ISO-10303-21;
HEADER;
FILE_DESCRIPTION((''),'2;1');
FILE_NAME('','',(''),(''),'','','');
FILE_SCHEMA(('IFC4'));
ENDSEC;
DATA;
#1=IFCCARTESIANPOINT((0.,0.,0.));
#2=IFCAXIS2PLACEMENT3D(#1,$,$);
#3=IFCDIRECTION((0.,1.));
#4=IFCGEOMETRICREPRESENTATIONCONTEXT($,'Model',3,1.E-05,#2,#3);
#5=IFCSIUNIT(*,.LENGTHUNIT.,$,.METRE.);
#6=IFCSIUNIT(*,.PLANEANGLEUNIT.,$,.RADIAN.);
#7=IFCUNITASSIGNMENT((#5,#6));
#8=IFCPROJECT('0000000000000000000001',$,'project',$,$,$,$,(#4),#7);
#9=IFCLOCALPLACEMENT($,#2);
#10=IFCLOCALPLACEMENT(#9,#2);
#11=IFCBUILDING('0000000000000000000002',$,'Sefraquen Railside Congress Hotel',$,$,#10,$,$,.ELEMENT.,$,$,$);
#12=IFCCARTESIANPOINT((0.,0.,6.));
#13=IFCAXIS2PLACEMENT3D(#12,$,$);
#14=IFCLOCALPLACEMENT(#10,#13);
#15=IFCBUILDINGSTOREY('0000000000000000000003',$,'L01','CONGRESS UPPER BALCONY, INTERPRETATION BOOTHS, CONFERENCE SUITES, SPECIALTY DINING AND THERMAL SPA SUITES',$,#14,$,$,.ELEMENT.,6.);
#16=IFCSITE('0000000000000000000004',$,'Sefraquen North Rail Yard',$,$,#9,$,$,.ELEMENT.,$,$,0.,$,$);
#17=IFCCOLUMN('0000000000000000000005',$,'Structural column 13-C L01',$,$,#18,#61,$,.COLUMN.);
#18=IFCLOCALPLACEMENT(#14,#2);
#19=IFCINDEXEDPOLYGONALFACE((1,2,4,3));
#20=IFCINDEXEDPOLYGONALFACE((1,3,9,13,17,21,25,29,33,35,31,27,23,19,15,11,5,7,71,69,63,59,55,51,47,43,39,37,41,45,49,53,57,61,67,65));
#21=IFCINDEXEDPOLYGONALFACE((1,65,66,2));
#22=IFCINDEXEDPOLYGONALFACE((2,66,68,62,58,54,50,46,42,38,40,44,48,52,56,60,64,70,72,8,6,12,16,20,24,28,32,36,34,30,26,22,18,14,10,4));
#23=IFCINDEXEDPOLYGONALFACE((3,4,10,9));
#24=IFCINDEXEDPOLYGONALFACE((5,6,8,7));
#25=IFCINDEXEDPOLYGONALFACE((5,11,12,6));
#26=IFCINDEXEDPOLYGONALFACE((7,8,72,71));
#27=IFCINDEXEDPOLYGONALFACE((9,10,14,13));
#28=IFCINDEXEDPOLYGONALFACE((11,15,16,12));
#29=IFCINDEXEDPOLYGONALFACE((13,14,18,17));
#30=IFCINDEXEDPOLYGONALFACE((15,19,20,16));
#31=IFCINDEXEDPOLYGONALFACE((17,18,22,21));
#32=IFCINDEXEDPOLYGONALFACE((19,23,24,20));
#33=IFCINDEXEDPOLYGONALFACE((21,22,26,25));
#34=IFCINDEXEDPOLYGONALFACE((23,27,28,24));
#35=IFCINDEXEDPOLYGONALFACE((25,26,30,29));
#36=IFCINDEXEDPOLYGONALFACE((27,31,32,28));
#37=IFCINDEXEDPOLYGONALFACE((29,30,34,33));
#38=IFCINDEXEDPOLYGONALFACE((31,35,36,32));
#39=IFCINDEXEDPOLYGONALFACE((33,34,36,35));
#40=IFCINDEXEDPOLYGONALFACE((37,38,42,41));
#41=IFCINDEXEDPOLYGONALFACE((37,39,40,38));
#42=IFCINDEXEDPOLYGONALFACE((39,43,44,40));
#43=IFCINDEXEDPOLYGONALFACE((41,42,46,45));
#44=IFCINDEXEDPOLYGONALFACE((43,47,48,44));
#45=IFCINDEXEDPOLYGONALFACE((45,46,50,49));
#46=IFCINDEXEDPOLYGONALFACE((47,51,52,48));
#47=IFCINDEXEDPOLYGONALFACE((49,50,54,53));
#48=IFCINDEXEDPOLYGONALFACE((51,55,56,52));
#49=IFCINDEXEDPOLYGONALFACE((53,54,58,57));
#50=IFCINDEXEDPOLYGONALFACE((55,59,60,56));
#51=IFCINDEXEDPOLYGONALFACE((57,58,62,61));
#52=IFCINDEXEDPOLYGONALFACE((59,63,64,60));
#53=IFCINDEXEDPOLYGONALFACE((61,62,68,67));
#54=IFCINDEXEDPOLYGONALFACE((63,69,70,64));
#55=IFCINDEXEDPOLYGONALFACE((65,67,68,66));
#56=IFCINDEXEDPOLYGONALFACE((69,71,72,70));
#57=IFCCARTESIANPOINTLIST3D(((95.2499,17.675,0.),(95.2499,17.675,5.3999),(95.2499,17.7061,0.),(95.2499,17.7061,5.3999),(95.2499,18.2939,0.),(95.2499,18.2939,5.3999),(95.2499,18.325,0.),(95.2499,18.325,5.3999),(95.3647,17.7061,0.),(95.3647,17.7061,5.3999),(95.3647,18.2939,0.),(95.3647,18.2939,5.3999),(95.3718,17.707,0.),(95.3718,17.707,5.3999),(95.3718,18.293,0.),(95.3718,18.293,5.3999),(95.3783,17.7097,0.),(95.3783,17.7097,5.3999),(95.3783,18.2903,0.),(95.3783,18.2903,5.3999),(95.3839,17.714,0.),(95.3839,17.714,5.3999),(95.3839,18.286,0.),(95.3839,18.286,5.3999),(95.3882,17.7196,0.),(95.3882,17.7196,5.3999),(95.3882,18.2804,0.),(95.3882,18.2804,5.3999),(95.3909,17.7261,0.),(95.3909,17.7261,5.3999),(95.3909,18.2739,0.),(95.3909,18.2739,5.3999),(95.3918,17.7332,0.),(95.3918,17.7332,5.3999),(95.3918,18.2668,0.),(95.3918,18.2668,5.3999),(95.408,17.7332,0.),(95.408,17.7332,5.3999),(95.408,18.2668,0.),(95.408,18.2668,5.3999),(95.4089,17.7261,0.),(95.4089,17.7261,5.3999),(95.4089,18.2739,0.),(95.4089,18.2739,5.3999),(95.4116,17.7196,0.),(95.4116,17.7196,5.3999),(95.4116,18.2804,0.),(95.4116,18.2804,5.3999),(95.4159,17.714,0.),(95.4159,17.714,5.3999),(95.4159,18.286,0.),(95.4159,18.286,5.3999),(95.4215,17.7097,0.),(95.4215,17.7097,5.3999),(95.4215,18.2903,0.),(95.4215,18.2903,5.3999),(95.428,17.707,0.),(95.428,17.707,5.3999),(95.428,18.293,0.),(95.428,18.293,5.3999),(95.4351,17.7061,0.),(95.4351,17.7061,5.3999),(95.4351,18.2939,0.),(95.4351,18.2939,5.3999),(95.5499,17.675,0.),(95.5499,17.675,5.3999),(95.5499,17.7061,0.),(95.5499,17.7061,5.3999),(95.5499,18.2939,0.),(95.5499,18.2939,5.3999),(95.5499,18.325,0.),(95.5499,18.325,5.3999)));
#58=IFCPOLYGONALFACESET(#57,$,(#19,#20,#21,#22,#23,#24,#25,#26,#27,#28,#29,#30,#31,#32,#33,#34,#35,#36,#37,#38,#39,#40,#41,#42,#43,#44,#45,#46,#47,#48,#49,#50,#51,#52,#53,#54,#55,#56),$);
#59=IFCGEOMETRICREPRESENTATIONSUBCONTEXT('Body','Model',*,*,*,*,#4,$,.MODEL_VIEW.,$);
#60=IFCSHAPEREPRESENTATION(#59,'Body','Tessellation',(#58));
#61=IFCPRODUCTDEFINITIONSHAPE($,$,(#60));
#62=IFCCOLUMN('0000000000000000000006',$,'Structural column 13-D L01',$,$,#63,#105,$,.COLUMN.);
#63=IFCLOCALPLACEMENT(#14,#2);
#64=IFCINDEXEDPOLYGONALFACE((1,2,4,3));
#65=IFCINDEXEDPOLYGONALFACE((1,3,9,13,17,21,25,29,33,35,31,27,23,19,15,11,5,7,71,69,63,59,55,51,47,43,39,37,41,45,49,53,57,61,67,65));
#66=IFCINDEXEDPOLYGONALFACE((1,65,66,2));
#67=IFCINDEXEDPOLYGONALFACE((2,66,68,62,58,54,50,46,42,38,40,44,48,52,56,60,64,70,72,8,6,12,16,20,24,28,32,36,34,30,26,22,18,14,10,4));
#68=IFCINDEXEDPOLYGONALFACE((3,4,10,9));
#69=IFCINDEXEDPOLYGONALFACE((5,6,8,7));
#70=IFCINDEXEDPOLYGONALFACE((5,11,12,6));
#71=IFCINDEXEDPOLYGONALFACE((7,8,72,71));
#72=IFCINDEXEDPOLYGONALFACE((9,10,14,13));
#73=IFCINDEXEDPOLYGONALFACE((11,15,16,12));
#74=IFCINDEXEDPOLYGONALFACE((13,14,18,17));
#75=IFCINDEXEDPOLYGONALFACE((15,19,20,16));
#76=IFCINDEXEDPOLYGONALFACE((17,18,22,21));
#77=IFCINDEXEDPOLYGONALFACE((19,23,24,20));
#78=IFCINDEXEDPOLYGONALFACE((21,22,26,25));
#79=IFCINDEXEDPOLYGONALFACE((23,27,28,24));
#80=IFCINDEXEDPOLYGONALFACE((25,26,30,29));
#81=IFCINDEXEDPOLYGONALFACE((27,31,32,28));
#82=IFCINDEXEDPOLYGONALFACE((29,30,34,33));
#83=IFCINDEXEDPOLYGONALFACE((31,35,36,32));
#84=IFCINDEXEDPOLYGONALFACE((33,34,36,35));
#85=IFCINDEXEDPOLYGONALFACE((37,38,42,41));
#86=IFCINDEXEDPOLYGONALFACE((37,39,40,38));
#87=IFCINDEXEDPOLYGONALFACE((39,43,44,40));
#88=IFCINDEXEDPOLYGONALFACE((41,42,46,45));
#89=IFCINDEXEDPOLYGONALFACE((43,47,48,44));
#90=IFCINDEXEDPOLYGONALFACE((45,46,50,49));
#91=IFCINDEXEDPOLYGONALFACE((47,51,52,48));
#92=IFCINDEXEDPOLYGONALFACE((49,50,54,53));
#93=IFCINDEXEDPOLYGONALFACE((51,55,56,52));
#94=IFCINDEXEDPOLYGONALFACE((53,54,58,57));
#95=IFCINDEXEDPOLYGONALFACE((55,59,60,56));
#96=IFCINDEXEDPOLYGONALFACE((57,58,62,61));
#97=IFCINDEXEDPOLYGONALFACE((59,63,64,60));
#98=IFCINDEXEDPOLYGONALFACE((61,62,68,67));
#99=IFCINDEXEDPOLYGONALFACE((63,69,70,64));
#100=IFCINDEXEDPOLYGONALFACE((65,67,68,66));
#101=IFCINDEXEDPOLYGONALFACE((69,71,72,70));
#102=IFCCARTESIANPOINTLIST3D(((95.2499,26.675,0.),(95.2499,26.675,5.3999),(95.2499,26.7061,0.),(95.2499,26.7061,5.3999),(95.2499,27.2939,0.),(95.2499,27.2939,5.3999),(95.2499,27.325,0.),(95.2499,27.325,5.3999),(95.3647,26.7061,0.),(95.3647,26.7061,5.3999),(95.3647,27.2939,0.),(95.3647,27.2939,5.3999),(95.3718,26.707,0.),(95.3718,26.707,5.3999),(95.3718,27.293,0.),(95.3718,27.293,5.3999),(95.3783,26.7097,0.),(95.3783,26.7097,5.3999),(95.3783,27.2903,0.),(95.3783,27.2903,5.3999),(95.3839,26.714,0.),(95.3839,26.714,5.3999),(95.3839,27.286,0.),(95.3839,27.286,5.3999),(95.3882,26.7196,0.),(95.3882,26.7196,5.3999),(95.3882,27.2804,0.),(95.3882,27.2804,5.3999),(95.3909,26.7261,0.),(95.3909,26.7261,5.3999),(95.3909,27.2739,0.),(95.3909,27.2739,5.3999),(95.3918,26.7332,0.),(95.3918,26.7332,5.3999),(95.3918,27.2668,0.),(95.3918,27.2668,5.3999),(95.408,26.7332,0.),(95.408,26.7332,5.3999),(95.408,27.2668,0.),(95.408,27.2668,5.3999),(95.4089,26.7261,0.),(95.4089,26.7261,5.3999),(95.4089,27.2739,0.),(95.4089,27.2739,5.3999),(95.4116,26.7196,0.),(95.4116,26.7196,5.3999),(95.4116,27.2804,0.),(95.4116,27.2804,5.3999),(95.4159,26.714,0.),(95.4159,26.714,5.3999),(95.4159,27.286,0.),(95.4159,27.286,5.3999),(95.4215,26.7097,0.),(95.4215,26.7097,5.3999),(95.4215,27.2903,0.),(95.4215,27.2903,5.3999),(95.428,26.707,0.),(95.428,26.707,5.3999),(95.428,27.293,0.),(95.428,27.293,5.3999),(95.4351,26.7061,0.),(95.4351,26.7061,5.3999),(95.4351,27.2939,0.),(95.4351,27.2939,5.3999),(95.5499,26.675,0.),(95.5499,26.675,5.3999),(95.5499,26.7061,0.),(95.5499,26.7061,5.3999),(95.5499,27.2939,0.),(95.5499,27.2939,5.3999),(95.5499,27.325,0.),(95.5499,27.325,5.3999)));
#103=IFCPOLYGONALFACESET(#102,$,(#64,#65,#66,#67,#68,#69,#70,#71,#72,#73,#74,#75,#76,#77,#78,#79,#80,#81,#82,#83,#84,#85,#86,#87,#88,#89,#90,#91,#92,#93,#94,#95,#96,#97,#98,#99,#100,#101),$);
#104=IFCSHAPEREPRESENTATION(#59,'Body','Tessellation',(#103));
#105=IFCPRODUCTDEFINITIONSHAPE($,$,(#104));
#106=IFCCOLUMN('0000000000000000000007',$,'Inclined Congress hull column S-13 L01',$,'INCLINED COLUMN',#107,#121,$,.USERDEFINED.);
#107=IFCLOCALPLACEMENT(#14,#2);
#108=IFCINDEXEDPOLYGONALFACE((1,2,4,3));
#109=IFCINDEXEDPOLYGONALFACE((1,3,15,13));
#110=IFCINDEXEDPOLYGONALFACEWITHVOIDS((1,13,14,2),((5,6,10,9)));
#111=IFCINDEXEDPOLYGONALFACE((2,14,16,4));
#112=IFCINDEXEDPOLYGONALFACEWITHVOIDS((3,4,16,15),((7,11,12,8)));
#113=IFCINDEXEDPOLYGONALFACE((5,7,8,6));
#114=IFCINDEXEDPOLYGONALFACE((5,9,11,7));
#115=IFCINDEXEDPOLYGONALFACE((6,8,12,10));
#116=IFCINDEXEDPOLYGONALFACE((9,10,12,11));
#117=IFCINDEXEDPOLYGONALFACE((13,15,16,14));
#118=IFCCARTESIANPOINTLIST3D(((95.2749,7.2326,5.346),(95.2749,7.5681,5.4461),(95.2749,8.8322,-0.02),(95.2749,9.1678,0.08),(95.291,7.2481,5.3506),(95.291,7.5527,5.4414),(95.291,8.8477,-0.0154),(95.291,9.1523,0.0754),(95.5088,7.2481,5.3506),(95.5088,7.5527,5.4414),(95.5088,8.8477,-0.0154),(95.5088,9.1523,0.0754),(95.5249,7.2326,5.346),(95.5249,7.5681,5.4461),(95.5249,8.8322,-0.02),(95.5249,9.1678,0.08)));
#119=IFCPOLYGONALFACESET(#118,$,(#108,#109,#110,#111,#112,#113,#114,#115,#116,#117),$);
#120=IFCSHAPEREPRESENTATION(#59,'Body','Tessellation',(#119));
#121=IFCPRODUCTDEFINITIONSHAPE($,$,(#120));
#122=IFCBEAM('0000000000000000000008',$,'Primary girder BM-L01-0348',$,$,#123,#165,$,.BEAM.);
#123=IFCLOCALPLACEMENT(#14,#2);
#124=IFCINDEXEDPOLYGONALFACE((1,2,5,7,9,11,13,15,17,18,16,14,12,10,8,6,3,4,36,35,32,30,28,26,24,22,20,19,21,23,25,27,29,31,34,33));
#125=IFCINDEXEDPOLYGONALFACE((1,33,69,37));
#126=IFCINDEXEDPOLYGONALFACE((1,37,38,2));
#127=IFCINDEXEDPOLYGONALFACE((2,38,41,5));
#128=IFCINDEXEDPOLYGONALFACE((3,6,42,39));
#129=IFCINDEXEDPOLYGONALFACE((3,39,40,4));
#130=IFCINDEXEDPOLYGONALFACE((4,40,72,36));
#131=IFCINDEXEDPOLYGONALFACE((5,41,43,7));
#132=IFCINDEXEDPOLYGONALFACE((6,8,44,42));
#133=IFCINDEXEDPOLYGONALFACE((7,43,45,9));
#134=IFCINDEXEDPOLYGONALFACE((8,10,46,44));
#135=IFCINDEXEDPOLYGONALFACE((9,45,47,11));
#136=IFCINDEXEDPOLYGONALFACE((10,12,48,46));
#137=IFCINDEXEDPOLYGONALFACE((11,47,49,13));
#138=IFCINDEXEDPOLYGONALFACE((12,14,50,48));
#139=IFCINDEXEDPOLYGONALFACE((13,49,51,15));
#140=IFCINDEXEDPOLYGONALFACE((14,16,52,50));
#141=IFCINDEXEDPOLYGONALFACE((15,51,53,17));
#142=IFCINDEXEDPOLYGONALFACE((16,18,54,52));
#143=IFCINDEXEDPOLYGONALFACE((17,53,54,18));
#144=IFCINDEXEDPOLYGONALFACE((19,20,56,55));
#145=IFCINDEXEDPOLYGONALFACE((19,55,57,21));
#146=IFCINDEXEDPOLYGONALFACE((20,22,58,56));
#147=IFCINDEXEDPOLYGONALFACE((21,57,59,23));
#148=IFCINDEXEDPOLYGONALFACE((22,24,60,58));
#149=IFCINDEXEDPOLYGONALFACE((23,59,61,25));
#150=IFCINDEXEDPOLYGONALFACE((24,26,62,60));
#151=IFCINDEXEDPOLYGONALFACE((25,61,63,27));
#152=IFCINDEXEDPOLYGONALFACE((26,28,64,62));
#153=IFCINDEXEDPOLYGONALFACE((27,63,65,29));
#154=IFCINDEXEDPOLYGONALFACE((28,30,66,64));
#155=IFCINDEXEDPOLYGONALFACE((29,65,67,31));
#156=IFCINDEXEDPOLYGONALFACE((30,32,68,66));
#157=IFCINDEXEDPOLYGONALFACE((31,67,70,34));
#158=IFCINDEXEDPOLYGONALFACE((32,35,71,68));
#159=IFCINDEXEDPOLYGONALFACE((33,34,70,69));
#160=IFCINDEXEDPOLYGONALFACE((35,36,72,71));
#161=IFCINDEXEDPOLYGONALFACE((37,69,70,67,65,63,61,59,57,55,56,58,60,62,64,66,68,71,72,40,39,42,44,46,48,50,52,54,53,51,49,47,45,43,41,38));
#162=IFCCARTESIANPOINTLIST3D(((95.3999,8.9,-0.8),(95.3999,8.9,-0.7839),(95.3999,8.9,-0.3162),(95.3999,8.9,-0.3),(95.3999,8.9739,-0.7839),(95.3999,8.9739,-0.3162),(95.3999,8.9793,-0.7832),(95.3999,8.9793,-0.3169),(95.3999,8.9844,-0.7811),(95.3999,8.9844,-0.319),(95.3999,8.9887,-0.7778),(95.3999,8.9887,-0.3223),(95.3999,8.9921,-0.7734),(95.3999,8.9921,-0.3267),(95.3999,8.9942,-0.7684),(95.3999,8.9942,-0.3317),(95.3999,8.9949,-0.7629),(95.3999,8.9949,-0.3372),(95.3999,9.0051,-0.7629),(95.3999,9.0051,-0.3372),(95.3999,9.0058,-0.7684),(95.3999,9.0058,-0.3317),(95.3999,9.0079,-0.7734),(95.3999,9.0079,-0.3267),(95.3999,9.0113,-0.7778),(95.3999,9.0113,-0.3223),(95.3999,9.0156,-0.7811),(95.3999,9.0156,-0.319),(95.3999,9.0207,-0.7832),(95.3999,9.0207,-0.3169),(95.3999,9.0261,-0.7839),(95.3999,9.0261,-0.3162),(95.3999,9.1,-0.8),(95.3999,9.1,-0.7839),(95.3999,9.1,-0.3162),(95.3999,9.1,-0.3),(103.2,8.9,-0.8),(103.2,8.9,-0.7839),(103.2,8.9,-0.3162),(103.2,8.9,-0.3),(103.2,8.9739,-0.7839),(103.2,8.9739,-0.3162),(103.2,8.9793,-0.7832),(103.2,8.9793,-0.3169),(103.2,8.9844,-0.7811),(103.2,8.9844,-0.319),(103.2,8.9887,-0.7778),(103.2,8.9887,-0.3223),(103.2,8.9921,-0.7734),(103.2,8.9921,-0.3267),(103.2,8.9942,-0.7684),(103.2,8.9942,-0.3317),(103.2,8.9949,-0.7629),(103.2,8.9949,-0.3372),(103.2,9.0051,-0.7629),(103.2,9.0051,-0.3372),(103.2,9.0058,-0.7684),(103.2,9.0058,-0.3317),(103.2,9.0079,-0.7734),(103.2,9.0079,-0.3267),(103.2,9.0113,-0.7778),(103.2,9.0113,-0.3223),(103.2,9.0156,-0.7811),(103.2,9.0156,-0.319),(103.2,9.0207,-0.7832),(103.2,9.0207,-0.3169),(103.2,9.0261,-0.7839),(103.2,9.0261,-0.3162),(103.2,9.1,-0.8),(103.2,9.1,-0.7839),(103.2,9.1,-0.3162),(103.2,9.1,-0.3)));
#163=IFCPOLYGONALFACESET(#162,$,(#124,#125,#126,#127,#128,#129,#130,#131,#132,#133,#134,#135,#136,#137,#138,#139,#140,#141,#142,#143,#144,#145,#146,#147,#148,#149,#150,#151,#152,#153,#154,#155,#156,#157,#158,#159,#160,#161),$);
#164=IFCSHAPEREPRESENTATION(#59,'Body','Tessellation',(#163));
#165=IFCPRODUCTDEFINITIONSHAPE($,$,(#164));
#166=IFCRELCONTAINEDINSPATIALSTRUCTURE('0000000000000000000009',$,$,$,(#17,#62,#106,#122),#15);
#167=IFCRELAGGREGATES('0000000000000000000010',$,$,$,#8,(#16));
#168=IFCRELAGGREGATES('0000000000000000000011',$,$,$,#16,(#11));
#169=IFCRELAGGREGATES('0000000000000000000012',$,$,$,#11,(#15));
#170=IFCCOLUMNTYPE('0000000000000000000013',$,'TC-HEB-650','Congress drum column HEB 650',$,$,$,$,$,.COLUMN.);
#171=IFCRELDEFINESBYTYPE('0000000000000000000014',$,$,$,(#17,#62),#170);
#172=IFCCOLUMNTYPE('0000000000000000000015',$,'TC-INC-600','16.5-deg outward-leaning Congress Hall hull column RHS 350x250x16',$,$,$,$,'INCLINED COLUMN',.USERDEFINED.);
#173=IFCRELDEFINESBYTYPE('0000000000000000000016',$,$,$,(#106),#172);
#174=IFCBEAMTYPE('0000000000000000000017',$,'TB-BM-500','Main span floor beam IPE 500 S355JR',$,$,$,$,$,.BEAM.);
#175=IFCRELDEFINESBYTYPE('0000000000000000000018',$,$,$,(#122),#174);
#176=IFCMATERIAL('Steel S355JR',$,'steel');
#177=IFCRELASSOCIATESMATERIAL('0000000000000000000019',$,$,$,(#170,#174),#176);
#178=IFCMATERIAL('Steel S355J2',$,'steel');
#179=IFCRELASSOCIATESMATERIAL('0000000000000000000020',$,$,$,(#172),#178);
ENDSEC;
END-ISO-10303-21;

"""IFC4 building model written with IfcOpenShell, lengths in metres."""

from ifc_helpers import new_model, si_unit, direction, frame, origin, origin_2d, place, context, subcontext, project, spatial, hollow_rectangle, i_section, extrude, material, material_profile, profile_set, type_object, element, save


model = new_model("IFC4")

# Units and contexts
model_context = context("Model", 3, precision=1e-05, world=origin(), true_north=direction((0.0, 1.0)))
body_context = subcontext(model_context, "Body", "Model", "MODEL_VIEW")
ifc_project = project(units=[si_unit("LENGTHUNIT", "METRE"), si_unit("PLANEANGLEUNIT", "RADIAN")], contexts=[model_context])

# Site, building, storey
site_placement = place(None, origin())
site = spatial("IfcSite", under=ifc_project, at=site_placement, Name="Sefraquen North Rail Yard", CompositionType="ELEMENT", RefElevation=0.0)
building_placement = place(site_placement, origin())
building = spatial("IfcBuilding", under=site, at=building_placement, Name="Sefraquen Railside Congress Hotel", CompositionType="ELEMENT")
storey_placement = place(building_placement, frame((0.0, 0.0, 6.0)))
storey = spatial("IfcBuildingStorey", under=building, at=storey_placement, Name="L01", Description="CONGRESS UPPER BALCONY, INTERPRETATION BOOTHS, CONFERENCE SUITES, SPECIALTY DINING AND THERMAL SPA SUITES", CompositionType="ELEMENT", Elevation=6.0)

# Columns
ifc_material_1 = material(Name="Steel S355JR", Category="steel")
ifc_material_profile_1 = material_profile(ifc_material_1, i_section(OverallWidth=0.3, OverallDepth=0.6499, WebThickness=0.0161, FlangeThickness=0.031, FilletRadius=0.0271, at=origin_2d()), Name="HEB 650")
ifc_profile_set_1 = profile_set([ifc_material_profile_1], Name="Steel S355JR")
column_type_1 = type_object("IfcColumnType", Name="TC-HEB-650", Description="Congress drum column HEB 650", PredefinedType="COLUMN", material=ifc_profile_set_1)
for number, where, z_axis, x_axis, name in (
    (1, (95.3999, 18.0, 0.0), (0.0, 0.0, 1.0), (1.0, 0.0, 0.0), "Structural column 13-C L01"),
    (2, (95.3999, 27.0, 0.0), (0.0, 0.0, 1.0), (1.0, 0.0, 0.0), "Structural column 13-D L01"),
):
    element("IfcColumn", number, at=place(storey_placement, frame(where, z_axis=z_axis, x_axis=x_axis)), inside=storey, type_object=column_type_1, Name=name, PredefinedType="COLUMN", context=body_context, shape_type="SweptSolid", body=[
        extrude(i_section(OverallWidth=0.3, OverallDepth=0.6499, WebThickness=0.0161, FlangeThickness=0.031, FilletRadius=0.0271, at=origin_2d()), origin(), (0.0, 0.0, 1.0), 5.3999),
    ])
ifc_material_2 = material(Name="Steel S355J2", Category="steel")
ifc_material_profile_2 = material_profile(ifc_material_2, hollow_rectangle(XDim=0.25, YDim=0.3501, WallThickness=0.0161, at=origin_2d()), Name="RHS 350x250x16")
ifc_profile_set_2 = profile_set([ifc_material_profile_2], Name="Steel S355J2")
column_type_2 = type_object("IfcColumnType", Name="TC-INC-600", Description="16.5-deg outward-leaning Congress Hall hull column RHS 350x250x16", ElementType="INCLINED COLUMN", PredefinedType="USERDEFINED", material=ifc_profile_set_2)
column_placement = place(storey_placement, frame((95.3999, 9.0, 0.03), z_axis=(0.0, -0.285679, 0.958325), x_axis=(1.0, 0.0, 0.0)))
element("IfcColumn", 3, at=column_placement, inside=storey, type_object=column_type_2, Name="Inclined Congress hull column S-13 L01", ObjectType="INCLINED COLUMN", PredefinedType="USERDEFINED", context=body_context, shape_type="SweptSolid", body=[
    extrude(hollow_rectangle(XDim=0.25, YDim=0.3501, WallThickness=0.0161, at=origin_2d()), origin(), (0.0, 0.0, 1.0), 5.5994),
])

# Beam
ifc_material_profile_3 = material_profile(ifc_material_1, i_section(OverallWidth=0.2, OverallDepth=0.5, WebThickness=0.0103, FlangeThickness=0.0161, FilletRadius=0.021, at=origin_2d()), Name="IPE 500")
ifc_profile_set_3 = profile_set([ifc_material_profile_3], Name="Steel S355JR")
beam_type_1 = type_object("IfcBeamType", Name="TB-BM-500", Description="Main span floor beam IPE 500 S355JR", PredefinedType="BEAM", material=ifc_profile_set_3)
for number, where, z_axis, x_axis, name in (
    (4, (95.3999, 9.0, -0.55), (1.0, 0.0, 0.0), (0.0, 1.0, 0.0), "Primary girder BM-L01-0348"),
):
    element("IfcBeam", number, at=place(storey_placement, frame(where, z_axis=z_axis, x_axis=x_axis)), inside=storey, type_object=beam_type_1, Name=name, PredefinedType="BEAM", context=body_context, shape_type="SweptSolid", body=[
        extrude(i_section(OverallWidth=0.2, OverallDepth=0.5, WebThickness=0.0103, FlangeThickness=0.0161, FilletRadius=0.021, at=origin_2d()), origin(), (0.0, 0.0, 1.0), 7.8),
    ])

save(model, "model.ifc")
